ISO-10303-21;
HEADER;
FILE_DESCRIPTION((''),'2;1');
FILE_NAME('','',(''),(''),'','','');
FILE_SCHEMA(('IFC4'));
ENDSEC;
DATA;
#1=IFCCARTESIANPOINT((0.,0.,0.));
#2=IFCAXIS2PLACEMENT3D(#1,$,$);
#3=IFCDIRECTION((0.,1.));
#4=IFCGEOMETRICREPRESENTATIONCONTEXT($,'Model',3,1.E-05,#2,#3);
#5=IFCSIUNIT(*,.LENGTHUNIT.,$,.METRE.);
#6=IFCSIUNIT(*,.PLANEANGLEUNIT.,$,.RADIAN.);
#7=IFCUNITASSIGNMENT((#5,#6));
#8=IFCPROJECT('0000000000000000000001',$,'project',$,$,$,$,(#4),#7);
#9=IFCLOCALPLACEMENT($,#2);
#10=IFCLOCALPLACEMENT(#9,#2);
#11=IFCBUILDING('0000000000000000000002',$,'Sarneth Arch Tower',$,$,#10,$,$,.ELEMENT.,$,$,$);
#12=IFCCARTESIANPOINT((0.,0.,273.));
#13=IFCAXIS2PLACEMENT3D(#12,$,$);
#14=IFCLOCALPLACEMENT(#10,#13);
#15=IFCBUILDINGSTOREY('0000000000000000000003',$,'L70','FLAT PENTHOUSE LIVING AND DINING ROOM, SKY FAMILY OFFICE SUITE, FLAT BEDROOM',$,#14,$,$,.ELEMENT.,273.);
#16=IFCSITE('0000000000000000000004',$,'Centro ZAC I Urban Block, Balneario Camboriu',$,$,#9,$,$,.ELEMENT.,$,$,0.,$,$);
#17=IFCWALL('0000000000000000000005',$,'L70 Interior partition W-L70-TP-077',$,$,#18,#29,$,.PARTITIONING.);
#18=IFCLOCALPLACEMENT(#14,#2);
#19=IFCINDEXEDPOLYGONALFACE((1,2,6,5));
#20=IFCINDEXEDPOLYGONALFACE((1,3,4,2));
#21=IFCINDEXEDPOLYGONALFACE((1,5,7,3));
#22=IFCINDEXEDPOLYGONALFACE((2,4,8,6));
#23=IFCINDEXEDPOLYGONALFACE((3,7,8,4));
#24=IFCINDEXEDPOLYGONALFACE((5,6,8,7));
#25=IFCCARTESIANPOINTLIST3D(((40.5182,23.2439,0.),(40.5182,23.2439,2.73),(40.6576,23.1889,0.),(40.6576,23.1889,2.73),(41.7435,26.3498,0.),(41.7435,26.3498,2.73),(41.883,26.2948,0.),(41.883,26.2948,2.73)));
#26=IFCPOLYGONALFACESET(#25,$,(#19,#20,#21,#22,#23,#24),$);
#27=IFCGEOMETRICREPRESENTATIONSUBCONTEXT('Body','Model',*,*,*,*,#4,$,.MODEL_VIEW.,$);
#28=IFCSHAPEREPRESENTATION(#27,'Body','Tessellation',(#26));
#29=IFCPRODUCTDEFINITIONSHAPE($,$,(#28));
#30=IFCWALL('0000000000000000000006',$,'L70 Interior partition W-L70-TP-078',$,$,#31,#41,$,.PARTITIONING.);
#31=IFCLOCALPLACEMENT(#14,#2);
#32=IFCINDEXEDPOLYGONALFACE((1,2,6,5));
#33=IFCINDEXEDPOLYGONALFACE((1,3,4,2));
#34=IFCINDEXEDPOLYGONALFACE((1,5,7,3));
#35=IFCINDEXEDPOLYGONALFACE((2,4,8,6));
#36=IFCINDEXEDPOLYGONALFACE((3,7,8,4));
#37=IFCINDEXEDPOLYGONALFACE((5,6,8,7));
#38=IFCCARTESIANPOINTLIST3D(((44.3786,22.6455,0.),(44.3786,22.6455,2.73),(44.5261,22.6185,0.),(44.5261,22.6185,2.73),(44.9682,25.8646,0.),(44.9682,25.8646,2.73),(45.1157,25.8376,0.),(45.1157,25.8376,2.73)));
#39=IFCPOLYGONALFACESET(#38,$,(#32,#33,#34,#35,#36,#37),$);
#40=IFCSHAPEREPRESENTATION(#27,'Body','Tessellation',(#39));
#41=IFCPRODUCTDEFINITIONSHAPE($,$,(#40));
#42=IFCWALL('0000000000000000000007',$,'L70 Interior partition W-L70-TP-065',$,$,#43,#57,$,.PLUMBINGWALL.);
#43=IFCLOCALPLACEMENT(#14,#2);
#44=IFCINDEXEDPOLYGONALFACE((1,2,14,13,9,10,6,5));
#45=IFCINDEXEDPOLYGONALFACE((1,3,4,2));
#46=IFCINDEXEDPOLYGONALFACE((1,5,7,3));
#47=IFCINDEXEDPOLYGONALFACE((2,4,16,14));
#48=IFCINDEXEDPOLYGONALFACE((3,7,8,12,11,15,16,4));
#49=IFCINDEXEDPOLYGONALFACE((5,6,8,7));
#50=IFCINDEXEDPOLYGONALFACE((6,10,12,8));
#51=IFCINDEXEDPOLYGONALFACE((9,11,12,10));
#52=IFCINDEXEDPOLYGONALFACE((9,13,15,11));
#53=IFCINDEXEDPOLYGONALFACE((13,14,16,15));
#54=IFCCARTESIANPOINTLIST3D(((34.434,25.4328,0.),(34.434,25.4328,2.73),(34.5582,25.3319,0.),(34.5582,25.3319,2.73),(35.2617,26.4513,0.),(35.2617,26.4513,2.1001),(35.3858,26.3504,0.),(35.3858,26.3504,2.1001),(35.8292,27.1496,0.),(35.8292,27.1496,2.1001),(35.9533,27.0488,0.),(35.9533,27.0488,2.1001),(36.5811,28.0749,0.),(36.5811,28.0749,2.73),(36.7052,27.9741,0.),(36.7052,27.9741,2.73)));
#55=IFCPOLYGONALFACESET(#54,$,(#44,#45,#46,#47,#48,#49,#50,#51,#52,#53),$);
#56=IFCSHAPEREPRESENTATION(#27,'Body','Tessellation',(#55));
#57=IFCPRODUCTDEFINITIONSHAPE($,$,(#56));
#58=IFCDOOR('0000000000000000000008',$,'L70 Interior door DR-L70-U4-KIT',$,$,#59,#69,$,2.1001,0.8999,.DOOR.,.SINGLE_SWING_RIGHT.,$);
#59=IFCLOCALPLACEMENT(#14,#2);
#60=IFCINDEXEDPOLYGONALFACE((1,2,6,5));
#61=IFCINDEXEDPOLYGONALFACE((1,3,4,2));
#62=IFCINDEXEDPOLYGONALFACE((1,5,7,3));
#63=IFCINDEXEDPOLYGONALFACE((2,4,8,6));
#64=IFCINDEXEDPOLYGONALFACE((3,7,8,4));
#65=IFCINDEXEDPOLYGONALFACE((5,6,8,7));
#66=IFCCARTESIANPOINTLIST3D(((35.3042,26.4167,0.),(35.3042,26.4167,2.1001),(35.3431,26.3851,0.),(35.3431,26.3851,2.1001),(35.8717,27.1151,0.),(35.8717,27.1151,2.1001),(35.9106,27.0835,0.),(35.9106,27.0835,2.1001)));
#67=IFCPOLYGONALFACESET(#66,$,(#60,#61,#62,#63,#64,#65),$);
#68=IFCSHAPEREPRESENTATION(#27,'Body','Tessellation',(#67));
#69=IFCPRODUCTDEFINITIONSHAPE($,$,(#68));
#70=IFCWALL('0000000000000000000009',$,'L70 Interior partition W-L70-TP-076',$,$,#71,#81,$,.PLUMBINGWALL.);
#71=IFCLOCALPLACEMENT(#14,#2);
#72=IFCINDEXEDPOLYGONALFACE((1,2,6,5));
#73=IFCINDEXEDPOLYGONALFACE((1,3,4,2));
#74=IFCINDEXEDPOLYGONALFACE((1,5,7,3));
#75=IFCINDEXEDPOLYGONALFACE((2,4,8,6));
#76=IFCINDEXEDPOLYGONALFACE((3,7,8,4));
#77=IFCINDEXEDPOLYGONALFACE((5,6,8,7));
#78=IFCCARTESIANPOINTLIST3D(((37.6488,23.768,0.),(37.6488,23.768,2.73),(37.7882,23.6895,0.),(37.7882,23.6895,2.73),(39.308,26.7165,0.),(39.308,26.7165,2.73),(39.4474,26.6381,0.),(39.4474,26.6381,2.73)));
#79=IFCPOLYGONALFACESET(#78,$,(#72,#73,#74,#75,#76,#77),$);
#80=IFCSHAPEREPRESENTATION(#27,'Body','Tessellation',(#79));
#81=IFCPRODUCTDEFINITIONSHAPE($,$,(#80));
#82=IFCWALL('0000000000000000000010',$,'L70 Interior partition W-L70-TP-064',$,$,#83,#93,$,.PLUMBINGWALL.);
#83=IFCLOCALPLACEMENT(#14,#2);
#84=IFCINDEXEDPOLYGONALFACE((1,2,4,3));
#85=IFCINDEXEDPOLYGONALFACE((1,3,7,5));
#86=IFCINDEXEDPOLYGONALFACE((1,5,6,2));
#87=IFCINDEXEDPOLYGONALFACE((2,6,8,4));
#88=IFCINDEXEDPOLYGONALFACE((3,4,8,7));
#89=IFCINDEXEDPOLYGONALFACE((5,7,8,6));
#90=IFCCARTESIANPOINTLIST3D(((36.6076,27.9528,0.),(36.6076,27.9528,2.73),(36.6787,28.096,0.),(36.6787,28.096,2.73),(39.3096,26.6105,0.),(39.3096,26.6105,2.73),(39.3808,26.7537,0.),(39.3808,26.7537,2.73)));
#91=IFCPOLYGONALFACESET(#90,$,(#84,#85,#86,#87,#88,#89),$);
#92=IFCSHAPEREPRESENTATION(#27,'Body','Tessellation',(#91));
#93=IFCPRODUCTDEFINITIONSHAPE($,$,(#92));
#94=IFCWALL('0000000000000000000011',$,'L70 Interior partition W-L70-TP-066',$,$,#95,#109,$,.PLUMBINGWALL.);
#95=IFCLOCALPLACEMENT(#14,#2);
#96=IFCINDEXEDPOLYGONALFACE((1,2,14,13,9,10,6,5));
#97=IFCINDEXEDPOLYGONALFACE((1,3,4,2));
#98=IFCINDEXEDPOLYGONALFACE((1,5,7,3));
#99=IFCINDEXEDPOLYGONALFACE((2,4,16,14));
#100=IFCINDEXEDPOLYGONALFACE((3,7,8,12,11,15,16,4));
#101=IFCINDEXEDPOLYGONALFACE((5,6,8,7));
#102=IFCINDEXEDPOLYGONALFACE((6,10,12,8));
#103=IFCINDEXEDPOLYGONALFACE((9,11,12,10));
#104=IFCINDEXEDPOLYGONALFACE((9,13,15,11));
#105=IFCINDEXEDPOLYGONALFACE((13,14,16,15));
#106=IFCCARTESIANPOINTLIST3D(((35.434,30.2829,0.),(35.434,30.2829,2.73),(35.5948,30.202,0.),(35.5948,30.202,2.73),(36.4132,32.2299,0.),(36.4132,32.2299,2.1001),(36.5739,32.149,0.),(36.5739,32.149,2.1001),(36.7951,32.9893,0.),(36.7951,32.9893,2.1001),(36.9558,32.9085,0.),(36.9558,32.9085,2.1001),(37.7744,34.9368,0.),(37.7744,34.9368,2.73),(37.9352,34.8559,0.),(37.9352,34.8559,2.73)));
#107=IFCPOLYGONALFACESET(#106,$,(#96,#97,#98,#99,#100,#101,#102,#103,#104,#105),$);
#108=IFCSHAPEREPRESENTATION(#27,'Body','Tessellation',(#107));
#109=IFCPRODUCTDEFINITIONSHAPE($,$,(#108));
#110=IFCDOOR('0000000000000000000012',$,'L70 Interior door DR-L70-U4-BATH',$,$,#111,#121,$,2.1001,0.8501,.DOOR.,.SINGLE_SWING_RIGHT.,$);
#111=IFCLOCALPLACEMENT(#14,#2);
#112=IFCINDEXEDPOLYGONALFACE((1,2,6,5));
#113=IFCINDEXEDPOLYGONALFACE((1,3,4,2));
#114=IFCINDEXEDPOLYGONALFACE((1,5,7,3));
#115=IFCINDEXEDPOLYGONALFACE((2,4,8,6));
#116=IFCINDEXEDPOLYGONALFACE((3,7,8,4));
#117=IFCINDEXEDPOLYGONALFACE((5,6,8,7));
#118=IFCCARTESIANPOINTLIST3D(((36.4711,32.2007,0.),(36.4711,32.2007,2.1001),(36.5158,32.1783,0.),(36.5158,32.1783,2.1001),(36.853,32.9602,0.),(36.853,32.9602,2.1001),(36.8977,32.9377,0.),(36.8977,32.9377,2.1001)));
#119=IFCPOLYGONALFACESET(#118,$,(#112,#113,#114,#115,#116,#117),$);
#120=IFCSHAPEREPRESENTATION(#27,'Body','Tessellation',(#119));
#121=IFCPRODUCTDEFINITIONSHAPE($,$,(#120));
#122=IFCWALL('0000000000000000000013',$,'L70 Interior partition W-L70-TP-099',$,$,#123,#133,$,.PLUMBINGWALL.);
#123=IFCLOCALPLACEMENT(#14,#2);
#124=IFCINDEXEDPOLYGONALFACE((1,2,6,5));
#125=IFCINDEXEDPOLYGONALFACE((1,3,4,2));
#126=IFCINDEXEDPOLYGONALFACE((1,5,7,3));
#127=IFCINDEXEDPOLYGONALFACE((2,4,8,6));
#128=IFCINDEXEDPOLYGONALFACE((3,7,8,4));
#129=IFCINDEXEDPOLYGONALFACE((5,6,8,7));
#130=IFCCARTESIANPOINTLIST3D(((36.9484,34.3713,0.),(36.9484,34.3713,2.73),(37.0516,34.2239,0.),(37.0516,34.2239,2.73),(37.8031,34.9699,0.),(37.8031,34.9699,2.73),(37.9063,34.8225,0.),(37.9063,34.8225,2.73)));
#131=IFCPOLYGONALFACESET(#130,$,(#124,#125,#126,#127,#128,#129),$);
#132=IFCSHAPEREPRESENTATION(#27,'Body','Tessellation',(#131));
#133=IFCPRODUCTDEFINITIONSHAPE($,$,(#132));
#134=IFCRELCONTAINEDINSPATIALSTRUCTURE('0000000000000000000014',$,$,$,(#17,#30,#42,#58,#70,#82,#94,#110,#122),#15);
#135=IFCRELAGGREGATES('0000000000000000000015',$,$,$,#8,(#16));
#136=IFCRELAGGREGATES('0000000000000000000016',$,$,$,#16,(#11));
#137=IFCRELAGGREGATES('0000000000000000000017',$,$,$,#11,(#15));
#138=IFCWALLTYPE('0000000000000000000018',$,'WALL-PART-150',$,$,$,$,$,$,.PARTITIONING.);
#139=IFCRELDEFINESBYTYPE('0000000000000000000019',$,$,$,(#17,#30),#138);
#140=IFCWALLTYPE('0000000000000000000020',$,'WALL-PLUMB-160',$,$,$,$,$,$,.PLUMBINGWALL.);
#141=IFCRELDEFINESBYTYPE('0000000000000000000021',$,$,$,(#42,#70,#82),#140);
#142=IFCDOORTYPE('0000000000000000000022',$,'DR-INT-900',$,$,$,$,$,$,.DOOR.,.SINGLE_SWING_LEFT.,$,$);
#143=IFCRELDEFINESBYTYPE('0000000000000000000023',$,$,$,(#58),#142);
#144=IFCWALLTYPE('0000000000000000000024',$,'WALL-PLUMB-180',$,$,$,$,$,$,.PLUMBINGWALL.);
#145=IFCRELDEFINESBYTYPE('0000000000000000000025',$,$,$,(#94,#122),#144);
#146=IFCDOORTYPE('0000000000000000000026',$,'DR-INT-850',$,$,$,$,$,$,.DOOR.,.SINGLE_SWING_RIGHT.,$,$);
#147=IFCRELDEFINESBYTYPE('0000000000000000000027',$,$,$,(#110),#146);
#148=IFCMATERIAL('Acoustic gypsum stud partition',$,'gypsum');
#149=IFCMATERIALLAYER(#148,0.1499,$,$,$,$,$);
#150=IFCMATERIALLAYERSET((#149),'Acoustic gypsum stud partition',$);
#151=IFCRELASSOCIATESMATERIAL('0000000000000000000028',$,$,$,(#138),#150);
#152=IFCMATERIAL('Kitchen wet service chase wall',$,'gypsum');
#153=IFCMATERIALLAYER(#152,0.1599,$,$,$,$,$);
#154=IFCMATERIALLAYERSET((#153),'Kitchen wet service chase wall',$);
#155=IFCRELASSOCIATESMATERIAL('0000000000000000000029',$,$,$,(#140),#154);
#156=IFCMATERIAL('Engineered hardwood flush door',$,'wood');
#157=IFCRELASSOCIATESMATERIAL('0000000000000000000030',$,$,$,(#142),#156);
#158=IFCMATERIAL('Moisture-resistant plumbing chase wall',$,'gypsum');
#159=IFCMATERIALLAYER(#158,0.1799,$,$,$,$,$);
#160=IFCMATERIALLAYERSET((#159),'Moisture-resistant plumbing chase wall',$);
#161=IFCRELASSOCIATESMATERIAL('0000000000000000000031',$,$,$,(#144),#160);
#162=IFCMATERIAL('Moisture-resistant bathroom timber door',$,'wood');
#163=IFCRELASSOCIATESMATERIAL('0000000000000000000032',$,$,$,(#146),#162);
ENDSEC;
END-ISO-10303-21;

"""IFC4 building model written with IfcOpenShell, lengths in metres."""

from ifc_helpers import new_model, si_unit, direction, frame, frame_2d, origin, place, context, subcontext, project, spatial, rectangle, extrude, material, layer, layer_set, type_object, element, fill, save


model = new_model("IFC4")

# Units and contexts
model_context = context("Model", 3, precision=1e-05, world=origin(), true_north=direction((0.0, 1.0)))
body_context = subcontext(model_context, "Body", "Model", "MODEL_VIEW")
ifc_project = project(units=[si_unit("LENGTHUNIT", "METRE"), si_unit("PLANEANGLEUNIT", "RADIAN")], contexts=[model_context])

# Site, building, storey
site_placement = place(None, origin())
site = spatial("IfcSite", under=ifc_project, at=site_placement, Name="Centro ZAC I Urban Block, Balneario Camboriu", CompositionType="ELEMENT", RefElevation=0.0)
building_placement = place(site_placement, origin())
building = spatial("IfcBuilding", under=site, at=building_placement, Name="Sarneth Arch Tower", CompositionType="ELEMENT")
storey_placement = place(building_placement, frame((0.0, 0.0, 273.0)))
storey = spatial("IfcBuildingStorey", under=building, at=storey_placement, Name="L70", Description="FLAT PENTHOUSE LIVING AND DINING ROOM, SKY FAMILY OFFICE SUITE, FLAT BEDROOM", CompositionType="ELEMENT", Elevation=273.0)

# Walls
ifc_material_1 = material(Name="Acoustic gypsum stud partition", Category="gypsum")
ifc_layer_1 = layer(ifc_material_1, 0.1499)
ifc_layer_set_1 = layer_set([ifc_layer_1], Name="Acoustic gypsum stud partition")
wall_type_1 = type_object("IfcWallType", Name="WALL-PART-150", PredefinedType="PARTITIONING", material=ifc_layer_set_1)
wall_1_placement = place(storey_placement, frame((41.8132, 26.3223, 0.0), z_axis=(0.0, 0.0, 1.0), x_axis=(-0.366987, -0.930226, 0.0)))
element("IfcWall", 1, at=wall_1_placement, inside=storey, type_object=wall_type_1, Name="L70 Interior partition W-L70-TP-077", PredefinedType="PARTITIONING", context=body_context, shape_type="SweptSolid", body=[
    extrude(rectangle(XDim=3.3389, YDim=0.1499, at=frame_2d((1.6694, 0.0))), origin(), (0.0, 0.0, 1.0), 2.73),
])
wall_2_placement = place(storey_placement, frame((44.4524, 22.6321, 0.0), z_axis=(0.0, 0.0, 1.0), x_axis=(0.180152, 0.983639, 0.0)))
element("IfcWall", 2, at=wall_2_placement, inside=storey, type_object=wall_type_1, Name="L70 Interior partition W-L70-TP-078", PredefinedType="PARTITIONING", context=body_context, shape_type="SweptSolid", body=[
    extrude(rectangle(XDim=3.2727, YDim=0.1499, at=frame_2d((1.6362, 0.0))), origin(), (0.0, 0.0, 1.0), 2.73),
])

# Wall, opening, door
ifc_material_2 = material(Name="Kitchen wet service chase wall", Category="gypsum")
ifc_layer_2 = layer(ifc_material_2, 0.1599)
ifc_layer_set_2 = layer_set([ifc_layer_2], Name="Kitchen wet service chase wall")
wall_type_2 = type_object("IfcWallType", Name="WALL-PLUMB-160", PredefinedType="PLUMBINGWALL", material=ifc_layer_set_2)
wall_3_placement = place(storey_placement, frame((36.6431, 28.0244, 0.0), z_axis=(0.0, 0.0, 1.0), x_axis=(-0.630641, -0.776075, 0.0)))
wall_3 = element("IfcWall", 3, at=wall_3_placement, inside=storey, type_object=wall_type_2, Name="L70 Interior partition W-L70-TP-065", PredefinedType="PLUMBINGWALL", context=body_context, shape_type="SweptSolid", body=[
    extrude(rectangle(XDim=3.4045, YDim=0.1599, at=frame_2d((1.7021, 0.0))), origin(), (0.0, 0.0, 1.0), 2.73),
])
opening_1_placement = place(wall_3_placement, frame((1.1921, 0.0, 0.0)))
opening_1 = element("IfcOpeningElement", 4, at=opening_1_placement, cuts=wall_3, PredefinedType="OPENING", context=body_context, shape_type="SweptSolid", body=[
    extrude(rectangle(XDim=0.8999, YDim=2.1001, at=frame_2d((0.45, 1.05))), frame((0.0, 0.0898, 0.0), z_axis=(0.0, -1.0, 0.0), x_axis=(1.0, 0.0, 0.0)), (0.0, 0.0, 1.0), 0.1799),
])
ifc_material_3 = material(Name="Engineered hardwood flush door", Category="wood")
door_type_1 = type_object("IfcDoorType", Name="DR-INT-900", OperationType="SINGLE_SWING_LEFT", PredefinedType="DOOR", material=ifc_material_3)
door_1_placement = place(opening_1_placement, origin())
door_1 = element("IfcDoor", 5, at=door_1_placement, inside=storey, type_object=door_type_1, Name="L70 Interior door DR-L70-U4-KIT", OperationType="SINGLE_SWING_RIGHT", OverallHeight=2.1001, OverallWidth=0.8999, PredefinedType="DOOR", context=body_context, shape_type="SweptSolid", body=[
    extrude(rectangle(XDim=0.8999, YDim=2.1001, at=frame_2d((0.45, 1.05))), frame((0.0, 0.0249, 0.0), z_axis=(0.0, -1.0, 0.0), x_axis=(1.0, 0.0, 0.0)), (0.0, 0.0, 1.0), 0.05),
])
fill(opening_1, door_1)

# Walls
wall_4_placement = place(storey_placement, frame((37.7185, 23.7288, 0.0), z_axis=(0.0, 0.0, 1.0), x_axis=(0.490409, 0.871493, 0.0)))
element("IfcWall", 6, at=wall_4_placement, inside=storey, type_object=wall_type_2, Name="L70 Interior partition W-L70-TP-076", PredefinedType="PLUMBINGWALL", context=body_context, shape_type="SweptSolid", body=[
    extrude(rectangle(XDim=3.3833, YDim=0.1599, at=frame_2d((1.6917, 0.0))), origin(), (0.0, 0.0, 1.0), 2.73),
])
wall_5_placement = place(storey_placement, frame((39.3452, 26.6821, 0.0), z_axis=(0.0, 0.0, 1.0), x_axis=(-0.895589, 0.444882, 0.0)))
element("IfcWall", 7, at=wall_5_placement, inside=storey, type_object=wall_type_2, Name="L70 Interior partition W-L70-TP-064", PredefinedType="PLUMBINGWALL", context=body_context, shape_type="SweptSolid", body=[
    extrude(rectangle(XDim=3.0171, YDim=0.1599, at=frame_2d((1.5085, 0.0))), origin(), (0.0, 0.0, 1.0), 2.73),
])

# Wall, opening, door
ifc_material_4 = material(Name="Moisture-resistant plumbing chase wall", Category="gypsum")
ifc_layer_3 = layer(ifc_material_4, 0.1799)
ifc_layer_set_3 = layer_set([ifc_layer_3], Name="Moisture-resistant plumbing chase wall")
wall_type_3 = type_object("IfcWallType", Name="WALL-PLUMB-180", PredefinedType="PLUMBINGWALL", material=ifc_layer_set_3)
wall_6_placement = place(storey_placement, frame((37.8547, 34.8962, 0.0), z_axis=(0.0, 0.0, 1.0), x_axis=(-0.449275, -0.893394, 0.0)))
wall_6 = element("IfcWall", 8, at=wall_6_placement, inside=storey, type_object=wall_type_3, Name="L70 Interior partition W-L70-TP-066", PredefinedType="PLUMBINGWALL", context=body_context, shape_type="SweptSolid", body=[
    extrude(rectangle(XDim=5.2092, YDim=0.1799, at=frame_2d((2.6045, 0.0))), origin(), (0.0, 0.0, 1.0), 2.73),
])
opening_2_placement = place(wall_6_placement, frame((2.1797, 0.0, 0.0)))
opening_2 = element("IfcOpeningElement", 9, at=opening_2_placement, cuts=wall_6, PredefinedType="OPENING", context=body_context, shape_type="SweptSolid", body=[
    extrude(rectangle(XDim=0.8501, YDim=2.1001, at=frame_2d((0.425, 1.05))), frame((0.0, 0.0999, 0.0), z_axis=(0.0, -1.0, 0.0), x_axis=(1.0, 0.0, 0.0)), (0.0, 0.0, 1.0), 0.2),
])
ifc_material_5 = material(Name="Moisture-resistant bathroom timber door", Category="wood")
door_type_2 = type_object("IfcDoorType", Name="DR-INT-850", OperationType="SINGLE_SWING_RIGHT", PredefinedType="DOOR", material=ifc_material_5)
door_2_placement = place(opening_2_placement, origin())
door_2 = element("IfcDoor", 10, at=door_2_placement, inside=storey, type_object=door_type_2, Name="L70 Interior door DR-L70-U4-BATH", OperationType="SINGLE_SWING_RIGHT", OverallHeight=2.1001, OverallWidth=0.8501, PredefinedType="DOOR", context=body_context, shape_type="SweptSolid", body=[
    extrude(rectangle(XDim=0.8501, YDim=2.1001, at=frame_2d((0.425, 1.05))), frame((0.0, 0.0249, 0.0), z_axis=(0.0, -1.0, 0.0), x_axis=(1.0, 0.0, 0.0)), (0.0, 0.0, 1.0), 0.05),
])
fill(opening_2, door_2)

# Wall
wall_7_placement = place(storey_placement, frame((37.0, 34.2976, 0.0), z_axis=(0.0, 0.0, 1.0), x_axis=(0.819089, 0.573666, 0.0)))
element("IfcWall", 11, at=wall_7_placement, inside=storey, type_object=wall_type_3, Name="L70 Interior partition W-L70-TP-099", PredefinedType="PLUMBINGWALL", context=body_context, shape_type="SweptSolid", body=[
    extrude(rectangle(XDim=1.0435, YDim=0.1799, at=frame_2d((0.5217, 0.0))), origin(), (0.0, 0.0, 1.0), 2.73),
])

save(model, "model.ifc")
